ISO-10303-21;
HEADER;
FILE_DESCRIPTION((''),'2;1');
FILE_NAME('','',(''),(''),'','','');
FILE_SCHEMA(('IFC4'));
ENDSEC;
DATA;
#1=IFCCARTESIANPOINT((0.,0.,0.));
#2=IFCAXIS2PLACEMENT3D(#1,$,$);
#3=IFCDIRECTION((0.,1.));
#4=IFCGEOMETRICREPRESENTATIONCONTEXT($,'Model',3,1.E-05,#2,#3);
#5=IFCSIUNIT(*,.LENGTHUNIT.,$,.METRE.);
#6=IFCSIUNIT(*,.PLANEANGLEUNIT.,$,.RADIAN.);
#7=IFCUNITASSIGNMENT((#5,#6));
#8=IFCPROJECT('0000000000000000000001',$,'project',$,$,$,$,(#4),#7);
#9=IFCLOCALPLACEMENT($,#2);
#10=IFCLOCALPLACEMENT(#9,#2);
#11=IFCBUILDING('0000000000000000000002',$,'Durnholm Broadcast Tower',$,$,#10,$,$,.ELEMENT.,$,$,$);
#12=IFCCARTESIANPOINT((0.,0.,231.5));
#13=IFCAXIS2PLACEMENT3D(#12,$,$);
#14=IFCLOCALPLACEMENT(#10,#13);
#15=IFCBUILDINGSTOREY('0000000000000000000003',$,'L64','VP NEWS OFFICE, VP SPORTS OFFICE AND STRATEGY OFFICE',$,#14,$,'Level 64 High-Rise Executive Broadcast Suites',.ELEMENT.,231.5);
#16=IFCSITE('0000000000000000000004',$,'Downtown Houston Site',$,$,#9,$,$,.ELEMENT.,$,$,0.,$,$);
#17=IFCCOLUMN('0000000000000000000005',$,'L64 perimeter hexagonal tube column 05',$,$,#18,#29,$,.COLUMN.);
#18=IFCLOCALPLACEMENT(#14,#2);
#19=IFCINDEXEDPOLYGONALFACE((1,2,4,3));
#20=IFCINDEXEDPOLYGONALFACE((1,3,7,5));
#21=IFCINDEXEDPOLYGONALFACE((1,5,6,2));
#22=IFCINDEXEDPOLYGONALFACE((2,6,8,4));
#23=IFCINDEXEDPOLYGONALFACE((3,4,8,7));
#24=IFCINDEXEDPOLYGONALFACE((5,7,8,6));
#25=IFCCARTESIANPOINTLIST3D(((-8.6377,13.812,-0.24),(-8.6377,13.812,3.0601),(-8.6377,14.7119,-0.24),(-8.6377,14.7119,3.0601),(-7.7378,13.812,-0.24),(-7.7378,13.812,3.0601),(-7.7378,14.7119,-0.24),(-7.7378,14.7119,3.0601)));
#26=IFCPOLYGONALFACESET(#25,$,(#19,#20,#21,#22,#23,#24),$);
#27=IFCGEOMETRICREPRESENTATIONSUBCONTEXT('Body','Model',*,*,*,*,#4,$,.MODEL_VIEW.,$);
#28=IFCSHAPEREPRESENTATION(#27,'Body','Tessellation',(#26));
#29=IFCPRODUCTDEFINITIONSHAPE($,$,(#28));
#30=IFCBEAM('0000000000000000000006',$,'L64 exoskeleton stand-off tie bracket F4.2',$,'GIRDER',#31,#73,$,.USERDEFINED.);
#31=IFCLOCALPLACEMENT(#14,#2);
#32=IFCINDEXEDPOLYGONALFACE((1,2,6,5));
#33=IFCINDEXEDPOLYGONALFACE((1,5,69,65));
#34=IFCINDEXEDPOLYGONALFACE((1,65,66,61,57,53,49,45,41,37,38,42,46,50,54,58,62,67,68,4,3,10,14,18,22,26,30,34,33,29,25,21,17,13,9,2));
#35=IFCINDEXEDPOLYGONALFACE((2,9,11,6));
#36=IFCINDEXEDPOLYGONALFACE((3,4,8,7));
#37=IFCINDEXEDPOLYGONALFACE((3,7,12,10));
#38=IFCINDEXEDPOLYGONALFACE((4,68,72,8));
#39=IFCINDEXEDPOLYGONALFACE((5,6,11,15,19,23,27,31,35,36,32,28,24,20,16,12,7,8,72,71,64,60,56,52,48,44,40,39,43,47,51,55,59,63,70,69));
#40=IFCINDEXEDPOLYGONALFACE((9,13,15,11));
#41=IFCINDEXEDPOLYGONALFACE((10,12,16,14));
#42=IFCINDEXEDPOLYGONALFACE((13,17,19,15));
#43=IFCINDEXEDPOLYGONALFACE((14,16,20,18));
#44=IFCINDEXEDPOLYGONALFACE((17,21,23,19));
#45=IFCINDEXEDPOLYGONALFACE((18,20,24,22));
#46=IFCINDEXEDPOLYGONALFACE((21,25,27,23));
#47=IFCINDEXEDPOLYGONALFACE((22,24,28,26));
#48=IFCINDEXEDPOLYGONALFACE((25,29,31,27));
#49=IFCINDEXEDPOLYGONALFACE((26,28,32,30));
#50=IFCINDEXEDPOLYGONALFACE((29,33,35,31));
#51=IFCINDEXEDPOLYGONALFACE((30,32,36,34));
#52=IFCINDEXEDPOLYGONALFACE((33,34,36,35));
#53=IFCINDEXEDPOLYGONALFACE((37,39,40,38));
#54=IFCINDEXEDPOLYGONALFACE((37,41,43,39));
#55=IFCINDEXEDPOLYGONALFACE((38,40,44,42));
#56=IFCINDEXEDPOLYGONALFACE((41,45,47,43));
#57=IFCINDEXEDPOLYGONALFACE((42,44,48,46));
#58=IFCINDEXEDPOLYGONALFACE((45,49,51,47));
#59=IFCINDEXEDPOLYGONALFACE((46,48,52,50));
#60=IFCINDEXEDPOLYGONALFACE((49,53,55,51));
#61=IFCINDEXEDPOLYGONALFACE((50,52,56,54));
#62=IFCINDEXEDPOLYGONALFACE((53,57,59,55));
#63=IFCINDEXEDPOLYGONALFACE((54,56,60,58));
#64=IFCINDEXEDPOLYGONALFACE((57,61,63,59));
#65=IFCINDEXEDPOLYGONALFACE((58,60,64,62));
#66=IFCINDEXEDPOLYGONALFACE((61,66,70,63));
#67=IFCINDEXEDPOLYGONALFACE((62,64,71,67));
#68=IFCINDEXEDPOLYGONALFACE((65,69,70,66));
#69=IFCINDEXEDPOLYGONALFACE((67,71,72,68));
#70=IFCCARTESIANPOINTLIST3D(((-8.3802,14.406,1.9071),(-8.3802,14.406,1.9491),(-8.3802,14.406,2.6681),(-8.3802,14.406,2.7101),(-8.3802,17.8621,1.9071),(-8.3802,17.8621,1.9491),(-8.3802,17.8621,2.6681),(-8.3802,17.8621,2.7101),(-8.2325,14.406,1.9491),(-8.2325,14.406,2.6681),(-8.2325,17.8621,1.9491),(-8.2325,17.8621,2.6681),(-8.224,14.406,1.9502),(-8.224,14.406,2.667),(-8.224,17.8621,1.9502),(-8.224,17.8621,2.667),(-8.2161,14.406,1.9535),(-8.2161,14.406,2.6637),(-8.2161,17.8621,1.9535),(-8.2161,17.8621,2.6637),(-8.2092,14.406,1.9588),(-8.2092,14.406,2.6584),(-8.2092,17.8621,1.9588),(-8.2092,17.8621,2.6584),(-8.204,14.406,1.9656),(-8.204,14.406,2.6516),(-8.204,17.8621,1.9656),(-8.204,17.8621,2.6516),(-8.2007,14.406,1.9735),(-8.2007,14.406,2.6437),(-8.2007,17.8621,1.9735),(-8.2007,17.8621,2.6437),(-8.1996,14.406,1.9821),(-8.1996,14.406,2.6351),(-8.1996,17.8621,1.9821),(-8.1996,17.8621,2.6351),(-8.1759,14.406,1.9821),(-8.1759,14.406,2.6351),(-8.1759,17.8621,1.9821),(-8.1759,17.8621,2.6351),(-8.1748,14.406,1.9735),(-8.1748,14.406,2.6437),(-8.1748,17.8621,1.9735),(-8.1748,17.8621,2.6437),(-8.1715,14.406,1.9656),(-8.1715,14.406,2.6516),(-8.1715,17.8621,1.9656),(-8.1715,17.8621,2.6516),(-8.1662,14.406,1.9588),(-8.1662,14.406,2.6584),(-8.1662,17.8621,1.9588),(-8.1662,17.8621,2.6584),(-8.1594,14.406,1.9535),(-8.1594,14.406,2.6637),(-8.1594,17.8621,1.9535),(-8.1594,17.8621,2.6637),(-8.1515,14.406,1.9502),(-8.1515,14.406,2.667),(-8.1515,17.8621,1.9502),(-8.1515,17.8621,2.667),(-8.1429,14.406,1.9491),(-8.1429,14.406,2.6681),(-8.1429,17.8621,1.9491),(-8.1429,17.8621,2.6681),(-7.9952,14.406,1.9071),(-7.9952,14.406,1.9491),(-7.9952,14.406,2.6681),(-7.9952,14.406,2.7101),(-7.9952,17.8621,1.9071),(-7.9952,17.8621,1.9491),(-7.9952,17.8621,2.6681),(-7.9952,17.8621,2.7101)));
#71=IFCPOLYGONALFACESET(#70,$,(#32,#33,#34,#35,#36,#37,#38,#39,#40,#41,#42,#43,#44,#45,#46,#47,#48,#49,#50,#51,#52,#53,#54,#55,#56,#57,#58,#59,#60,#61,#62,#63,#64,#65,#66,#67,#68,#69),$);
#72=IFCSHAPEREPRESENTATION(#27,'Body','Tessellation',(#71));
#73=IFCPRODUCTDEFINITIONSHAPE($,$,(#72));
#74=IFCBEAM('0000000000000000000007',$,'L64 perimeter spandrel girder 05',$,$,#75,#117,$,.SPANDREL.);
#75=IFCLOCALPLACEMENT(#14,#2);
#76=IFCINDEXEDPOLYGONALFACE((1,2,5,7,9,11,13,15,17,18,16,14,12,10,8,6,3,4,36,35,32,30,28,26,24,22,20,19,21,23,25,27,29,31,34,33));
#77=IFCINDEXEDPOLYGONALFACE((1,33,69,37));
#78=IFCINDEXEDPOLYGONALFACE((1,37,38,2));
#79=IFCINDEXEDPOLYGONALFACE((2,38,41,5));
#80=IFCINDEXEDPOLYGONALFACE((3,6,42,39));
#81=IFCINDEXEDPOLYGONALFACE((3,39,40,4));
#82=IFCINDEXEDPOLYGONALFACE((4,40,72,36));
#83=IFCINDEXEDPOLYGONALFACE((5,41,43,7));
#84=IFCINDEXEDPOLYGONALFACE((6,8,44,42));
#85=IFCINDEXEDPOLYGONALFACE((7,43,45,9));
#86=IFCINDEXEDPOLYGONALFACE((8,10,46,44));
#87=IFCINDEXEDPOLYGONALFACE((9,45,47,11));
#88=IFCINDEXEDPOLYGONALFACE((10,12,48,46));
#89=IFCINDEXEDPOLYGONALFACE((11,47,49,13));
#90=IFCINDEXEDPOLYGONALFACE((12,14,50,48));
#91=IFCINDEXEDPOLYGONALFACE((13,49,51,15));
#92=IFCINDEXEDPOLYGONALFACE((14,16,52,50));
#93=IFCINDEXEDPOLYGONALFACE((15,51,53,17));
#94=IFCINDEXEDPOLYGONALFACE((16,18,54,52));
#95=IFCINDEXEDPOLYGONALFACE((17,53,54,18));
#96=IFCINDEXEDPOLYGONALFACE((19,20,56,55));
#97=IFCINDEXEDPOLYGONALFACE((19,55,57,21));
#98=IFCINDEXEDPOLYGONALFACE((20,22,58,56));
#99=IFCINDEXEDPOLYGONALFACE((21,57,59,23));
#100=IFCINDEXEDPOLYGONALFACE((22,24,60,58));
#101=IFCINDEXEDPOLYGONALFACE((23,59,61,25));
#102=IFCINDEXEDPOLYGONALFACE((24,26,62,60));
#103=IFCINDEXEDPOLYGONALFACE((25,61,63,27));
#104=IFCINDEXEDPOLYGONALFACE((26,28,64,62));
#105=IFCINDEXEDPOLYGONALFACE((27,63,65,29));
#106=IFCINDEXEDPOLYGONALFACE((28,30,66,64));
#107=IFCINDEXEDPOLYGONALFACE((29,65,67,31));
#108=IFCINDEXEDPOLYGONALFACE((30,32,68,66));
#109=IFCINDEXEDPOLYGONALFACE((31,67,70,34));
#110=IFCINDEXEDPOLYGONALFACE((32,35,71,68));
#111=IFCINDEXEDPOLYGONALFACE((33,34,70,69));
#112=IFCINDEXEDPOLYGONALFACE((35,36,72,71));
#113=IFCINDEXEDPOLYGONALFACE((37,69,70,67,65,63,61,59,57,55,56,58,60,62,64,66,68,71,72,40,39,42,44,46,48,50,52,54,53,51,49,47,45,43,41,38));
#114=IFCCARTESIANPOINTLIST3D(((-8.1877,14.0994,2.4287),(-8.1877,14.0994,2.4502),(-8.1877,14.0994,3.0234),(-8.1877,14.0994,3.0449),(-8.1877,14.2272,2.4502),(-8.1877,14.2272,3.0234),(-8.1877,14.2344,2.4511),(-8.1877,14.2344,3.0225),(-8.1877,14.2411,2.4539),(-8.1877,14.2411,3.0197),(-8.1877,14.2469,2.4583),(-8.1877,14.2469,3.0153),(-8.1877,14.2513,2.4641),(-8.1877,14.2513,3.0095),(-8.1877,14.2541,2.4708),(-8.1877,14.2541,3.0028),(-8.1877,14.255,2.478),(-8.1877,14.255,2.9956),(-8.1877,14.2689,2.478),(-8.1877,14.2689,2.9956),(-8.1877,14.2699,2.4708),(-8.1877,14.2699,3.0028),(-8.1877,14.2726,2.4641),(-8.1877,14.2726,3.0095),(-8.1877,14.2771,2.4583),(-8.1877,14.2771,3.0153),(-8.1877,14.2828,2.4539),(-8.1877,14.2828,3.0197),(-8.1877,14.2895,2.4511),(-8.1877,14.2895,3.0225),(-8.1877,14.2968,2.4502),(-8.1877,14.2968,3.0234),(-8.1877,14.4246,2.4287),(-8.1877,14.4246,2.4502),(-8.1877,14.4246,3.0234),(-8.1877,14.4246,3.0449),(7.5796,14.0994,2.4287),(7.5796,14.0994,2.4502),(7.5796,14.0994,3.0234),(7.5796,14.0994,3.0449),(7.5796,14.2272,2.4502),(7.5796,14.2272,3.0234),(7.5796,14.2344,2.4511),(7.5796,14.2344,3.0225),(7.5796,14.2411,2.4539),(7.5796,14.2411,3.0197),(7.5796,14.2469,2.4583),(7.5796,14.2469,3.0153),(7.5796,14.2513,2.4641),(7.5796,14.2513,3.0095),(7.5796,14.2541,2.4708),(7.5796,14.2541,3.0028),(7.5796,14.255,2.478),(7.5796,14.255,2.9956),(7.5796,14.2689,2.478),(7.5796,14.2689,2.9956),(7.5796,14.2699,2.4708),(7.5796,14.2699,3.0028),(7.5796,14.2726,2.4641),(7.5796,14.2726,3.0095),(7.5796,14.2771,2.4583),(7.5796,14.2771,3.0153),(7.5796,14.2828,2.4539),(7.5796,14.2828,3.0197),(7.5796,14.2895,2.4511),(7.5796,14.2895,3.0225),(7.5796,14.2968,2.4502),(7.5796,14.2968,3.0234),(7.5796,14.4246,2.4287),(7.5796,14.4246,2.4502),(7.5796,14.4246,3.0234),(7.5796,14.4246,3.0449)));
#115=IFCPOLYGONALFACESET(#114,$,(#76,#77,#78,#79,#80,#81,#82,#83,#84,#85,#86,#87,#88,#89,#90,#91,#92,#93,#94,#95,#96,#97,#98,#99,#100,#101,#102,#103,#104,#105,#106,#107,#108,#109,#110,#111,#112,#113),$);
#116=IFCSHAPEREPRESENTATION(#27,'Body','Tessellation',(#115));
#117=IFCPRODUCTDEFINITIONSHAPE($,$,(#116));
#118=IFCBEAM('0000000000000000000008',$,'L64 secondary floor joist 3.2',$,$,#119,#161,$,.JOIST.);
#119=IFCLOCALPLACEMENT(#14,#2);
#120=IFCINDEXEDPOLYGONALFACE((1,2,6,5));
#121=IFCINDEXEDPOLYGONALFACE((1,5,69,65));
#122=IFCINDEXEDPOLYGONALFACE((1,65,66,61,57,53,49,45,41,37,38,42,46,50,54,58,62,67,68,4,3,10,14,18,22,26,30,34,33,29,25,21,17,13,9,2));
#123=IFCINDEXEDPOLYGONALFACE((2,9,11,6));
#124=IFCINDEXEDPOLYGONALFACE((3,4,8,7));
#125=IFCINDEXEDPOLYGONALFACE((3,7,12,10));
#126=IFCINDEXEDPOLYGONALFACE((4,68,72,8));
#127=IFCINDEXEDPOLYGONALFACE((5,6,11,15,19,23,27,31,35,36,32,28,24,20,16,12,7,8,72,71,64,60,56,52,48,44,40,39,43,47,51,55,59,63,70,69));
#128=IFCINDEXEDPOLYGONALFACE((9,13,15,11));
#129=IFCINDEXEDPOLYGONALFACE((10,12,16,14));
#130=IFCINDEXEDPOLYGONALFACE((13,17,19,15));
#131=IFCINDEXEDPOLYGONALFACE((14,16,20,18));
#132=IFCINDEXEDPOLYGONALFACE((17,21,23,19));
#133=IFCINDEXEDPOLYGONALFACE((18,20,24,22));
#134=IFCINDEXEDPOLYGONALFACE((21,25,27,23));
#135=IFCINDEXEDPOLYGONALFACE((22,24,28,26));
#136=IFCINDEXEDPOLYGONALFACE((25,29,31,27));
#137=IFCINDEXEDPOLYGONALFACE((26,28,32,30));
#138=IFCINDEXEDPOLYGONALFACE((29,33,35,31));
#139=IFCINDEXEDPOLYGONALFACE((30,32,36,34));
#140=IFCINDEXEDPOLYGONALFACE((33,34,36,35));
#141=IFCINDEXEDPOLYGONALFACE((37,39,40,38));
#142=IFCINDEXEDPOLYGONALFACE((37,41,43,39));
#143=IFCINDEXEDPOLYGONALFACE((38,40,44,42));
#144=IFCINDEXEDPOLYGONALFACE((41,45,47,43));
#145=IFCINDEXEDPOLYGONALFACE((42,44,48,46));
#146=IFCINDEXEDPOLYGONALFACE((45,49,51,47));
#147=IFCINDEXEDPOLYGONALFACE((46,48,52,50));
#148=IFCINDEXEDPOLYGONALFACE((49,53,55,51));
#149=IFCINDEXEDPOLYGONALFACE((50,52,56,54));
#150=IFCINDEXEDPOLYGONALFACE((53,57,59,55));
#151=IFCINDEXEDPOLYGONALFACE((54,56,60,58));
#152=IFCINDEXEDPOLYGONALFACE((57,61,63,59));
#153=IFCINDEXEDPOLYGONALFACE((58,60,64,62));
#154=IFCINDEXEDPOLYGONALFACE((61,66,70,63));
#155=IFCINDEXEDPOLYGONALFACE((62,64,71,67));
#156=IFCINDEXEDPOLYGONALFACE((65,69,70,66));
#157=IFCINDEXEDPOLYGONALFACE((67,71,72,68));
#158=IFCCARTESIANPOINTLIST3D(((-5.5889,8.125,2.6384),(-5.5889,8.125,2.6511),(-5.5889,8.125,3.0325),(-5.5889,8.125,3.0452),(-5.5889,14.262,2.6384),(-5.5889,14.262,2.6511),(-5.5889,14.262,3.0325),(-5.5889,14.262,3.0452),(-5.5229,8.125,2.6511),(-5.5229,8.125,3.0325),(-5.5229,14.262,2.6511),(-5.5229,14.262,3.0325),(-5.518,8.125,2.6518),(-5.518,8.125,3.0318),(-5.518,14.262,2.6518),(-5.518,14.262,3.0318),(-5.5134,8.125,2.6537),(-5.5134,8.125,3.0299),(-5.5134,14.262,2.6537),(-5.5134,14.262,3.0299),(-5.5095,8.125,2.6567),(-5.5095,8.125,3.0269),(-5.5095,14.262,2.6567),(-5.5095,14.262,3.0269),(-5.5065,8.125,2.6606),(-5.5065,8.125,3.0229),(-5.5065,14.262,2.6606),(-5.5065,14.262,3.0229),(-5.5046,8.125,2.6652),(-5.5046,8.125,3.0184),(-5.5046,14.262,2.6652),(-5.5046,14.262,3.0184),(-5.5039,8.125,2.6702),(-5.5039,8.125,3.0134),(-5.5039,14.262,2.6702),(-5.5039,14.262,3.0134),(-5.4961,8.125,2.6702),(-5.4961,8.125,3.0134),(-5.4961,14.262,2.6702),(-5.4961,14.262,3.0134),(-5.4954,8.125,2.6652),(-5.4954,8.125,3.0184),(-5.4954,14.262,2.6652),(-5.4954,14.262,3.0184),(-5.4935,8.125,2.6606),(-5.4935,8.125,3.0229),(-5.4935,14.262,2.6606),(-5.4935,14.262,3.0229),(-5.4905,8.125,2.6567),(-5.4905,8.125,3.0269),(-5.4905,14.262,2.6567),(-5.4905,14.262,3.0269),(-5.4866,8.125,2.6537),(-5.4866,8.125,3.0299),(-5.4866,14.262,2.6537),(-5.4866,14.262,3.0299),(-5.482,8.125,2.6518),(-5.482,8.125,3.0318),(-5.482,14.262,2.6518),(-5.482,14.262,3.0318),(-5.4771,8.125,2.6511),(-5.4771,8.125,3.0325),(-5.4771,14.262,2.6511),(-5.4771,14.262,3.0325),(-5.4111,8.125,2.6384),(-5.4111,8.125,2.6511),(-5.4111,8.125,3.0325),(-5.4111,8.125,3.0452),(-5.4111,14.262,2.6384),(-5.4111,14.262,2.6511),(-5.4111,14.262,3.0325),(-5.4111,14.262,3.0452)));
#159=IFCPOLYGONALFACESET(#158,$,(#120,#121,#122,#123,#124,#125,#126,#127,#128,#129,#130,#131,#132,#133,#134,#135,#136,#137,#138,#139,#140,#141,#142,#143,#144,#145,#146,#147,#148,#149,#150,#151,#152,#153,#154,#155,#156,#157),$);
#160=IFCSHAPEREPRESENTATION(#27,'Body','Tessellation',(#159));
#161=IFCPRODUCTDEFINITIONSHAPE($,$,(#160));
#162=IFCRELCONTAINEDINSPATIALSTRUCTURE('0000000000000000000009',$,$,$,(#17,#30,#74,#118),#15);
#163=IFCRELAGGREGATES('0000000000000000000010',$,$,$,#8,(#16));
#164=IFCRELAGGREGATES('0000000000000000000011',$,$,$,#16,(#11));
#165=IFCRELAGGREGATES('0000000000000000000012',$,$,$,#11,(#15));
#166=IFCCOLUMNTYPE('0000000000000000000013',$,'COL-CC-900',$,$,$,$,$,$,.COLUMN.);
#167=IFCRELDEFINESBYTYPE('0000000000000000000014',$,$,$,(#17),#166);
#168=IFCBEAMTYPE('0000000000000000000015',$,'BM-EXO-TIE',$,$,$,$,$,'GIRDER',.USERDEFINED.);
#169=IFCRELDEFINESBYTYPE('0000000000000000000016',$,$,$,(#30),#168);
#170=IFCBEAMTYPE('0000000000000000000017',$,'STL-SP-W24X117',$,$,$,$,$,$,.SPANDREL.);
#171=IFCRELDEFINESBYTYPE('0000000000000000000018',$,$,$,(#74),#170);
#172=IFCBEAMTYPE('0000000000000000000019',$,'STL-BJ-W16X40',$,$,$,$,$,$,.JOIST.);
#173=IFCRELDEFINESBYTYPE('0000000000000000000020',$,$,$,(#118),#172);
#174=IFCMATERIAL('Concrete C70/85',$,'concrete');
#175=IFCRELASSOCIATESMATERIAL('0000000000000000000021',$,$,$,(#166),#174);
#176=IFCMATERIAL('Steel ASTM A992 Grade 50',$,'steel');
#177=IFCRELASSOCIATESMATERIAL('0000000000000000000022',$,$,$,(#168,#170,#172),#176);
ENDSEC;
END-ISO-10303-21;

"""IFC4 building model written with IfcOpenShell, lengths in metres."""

from ifc_helpers import new_model, si_unit, direction, frame, origin, origin_2d, place, context, subcontext, project, spatial, rectangle, i_section, extrude, source, transform, mapped, material, material_profile, profile_set, type_object, type_shapes, element, save


model = new_model("IFC4")

# Units and contexts
model_context = context("Model", 3, precision=1e-05, world=origin(), true_north=direction((0.0, 1.0)))
body_context = subcontext(model_context, "Body", "Model", "MODEL_VIEW")
ifc_project = project(units=[si_unit("LENGTHUNIT", "METRE"), si_unit("PLANEANGLEUNIT", "RADIAN")], contexts=[model_context])

# Site, building, storey
site_placement = place(None, origin())
site = spatial("IfcSite", under=ifc_project, at=site_placement, Name="Downtown Houston Site", CompositionType="ELEMENT", RefElevation=0.0)
building_placement = place(site_placement, origin())
building = spatial("IfcBuilding", under=site, at=building_placement, Name="Durnholm Broadcast Tower", CompositionType="ELEMENT")
storey_placement = place(building_placement, frame((0.0, 0.0, 231.5)))
storey = spatial("IfcBuildingStorey", under=building, at=storey_placement, Name="L64", Description="VP NEWS OFFICE, VP SPORTS OFFICE AND STRATEGY OFFICE", LongName="Level 64 High-Rise Executive Broadcast Suites", CompositionType="ELEMENT", Elevation=231.5)

# Column
ifc_material_1 = material(Name="Concrete C70/85", Category="concrete")
ifc_material_profile_1 = material_profile(ifc_material_1, rectangle(XDim=0.8999, YDim=0.8999, at=origin_2d()), Name="RC900X900")
ifc_profile_set_1 = profile_set([ifc_material_profile_1], Name="Concrete C70/85")
column_type = type_object("IfcColumnType", Name="COL-CC-900", PredefinedType="COLUMN", material=ifc_profile_set_1)
shared_shape_1 = source(origin(), body_context, "Body", "SweptSolid", [
    extrude(rectangle(XDim=0.8999, YDim=0.8999, at=origin_2d()), origin(), (0.0, 0.0, 1.0), 3.3),
])
type_shapes(column_type, [shared_shape_1])
column_placement = place(storey_placement, frame((-8.1877, 14.262, -0.24), z_axis=(0.0, 0.0, 1.0), x_axis=(1.0, 0.0, 0.0)))
element("IfcColumn", 1, at=column_placement, inside=storey, type_object=column_type, Name="L64 perimeter hexagonal tube column 05", PredefinedType="COLUMN", context=body_context, shape_type="MappedRepresentation", body=[
    mapped(shared_shape_1, transform((0.0, 0.0, 0.0), x_axis=(1.0, 0.0, 0.0), y_axis=(0.0, 1.0, 0.0), z_axis=(0.0, 0.0, 1.0), scale=1.0)),
])

# Beams
ifc_material_2 = material(Name="Steel ASTM A992 Grade 50", Category="steel")
ifc_material_profile_2 = material_profile(ifc_material_2, i_section(OverallWidth=0.385, OverallDepth=0.803, WebThickness=0.0237, FlangeThickness=0.042, FilletRadius=0.033, at=origin_2d()), Name="W30X261")
ifc_profile_set_2 = profile_set([ifc_material_profile_2], Name="Steel ASTM A992 Grade 50")
beam_type_1 = type_object("IfcBeamType", Name="BM-EXO-TIE", ElementType="GIRDER", PredefinedType="USERDEFINED", material=ifc_profile_set_2)
shared_shape_2 = source(origin(), body_context, "Body", "SweptSolid", [
    extrude(i_section(OverallWidth=0.385, OverallDepth=0.803, WebThickness=0.0237, FlangeThickness=0.042, FilletRadius=0.033, at=origin_2d()), origin(), (0.0, 0.0, 1.0), 3.4561),
])
type_shapes(beam_type_1, [shared_shape_2])
beam_1_placement = place(storey_placement, frame((-8.1877, 14.406, 2.3086), z_axis=(0.0, 1.0, 0.0), x_axis=(-1.0, 0.0, 0.0)))
element("IfcBeam", 2, at=beam_1_placement, inside=storey, type_object=beam_type_1, Name="L64 exoskeleton stand-off tie bracket F4.2", ObjectType="GIRDER", PredefinedType="USERDEFINED", context=body_context, shape_type="MappedRepresentation", body=[
    mapped(shared_shape_2, transform((0.0, 0.0, 0.0), x_axis=(1.0, 0.0, 0.0), y_axis=(0.0, 1.0, 0.0), z_axis=(0.0, 0.0, 1.0), scale=1.0)),
])
ifc_material_profile_3 = material_profile(ifc_material_2, i_section(OverallWidth=0.3252, OverallDepth=0.6162, WebThickness=0.0139, FlangeThickness=0.0215, FilletRadius=0.0278, at=origin_2d()), Name="W24X117")
ifc_profile_set_3 = profile_set([ifc_material_profile_3], Name="Steel ASTM A992 Grade 50")
beam_type_2 = type_object("IfcBeamType", Name="STL-SP-W24X117", PredefinedType="SPANDREL", material=ifc_profile_set_3)
shared_shape_3 = source(origin(), body_context, "Body", "SweptSolid", [
    extrude(i_section(OverallWidth=0.3252, OverallDepth=0.6162, WebThickness=0.0139, FlangeThickness=0.0215, FilletRadius=0.0278, at=origin_2d()), origin(), (0.0, 0.0, 1.0), 15.7673),
])
type_shapes(beam_type_2, [shared_shape_3])
beam_2_placement = place(storey_placement, frame((-8.1877, 14.262, 2.7368), z_axis=(1.0, 0.0, 0.0), x_axis=(0.0, 1.0, 0.0)))
element("IfcBeam", 3, at=beam_2_placement, inside=storey, type_object=beam_type_2, Name="L64 perimeter spandrel girder 05", PredefinedType="SPANDREL", context=body_context, shape_type="MappedRepresentation", body=[
    mapped(shared_shape_3, transform((0.0, 0.0, 0.0), x_axis=(1.0, 0.0, 0.0), y_axis=(0.0, 1.0, 0.0), z_axis=(0.0, 0.0, 1.0), scale=1.0)),
])
ifc_material_profile_4 = material_profile(ifc_material_2, i_section(OverallWidth=0.1777, OverallDepth=0.4067, WebThickness=0.0078, FlangeThickness=0.0127, FilletRadius=0.019, at=origin_2d()), Name="W16X40")
ifc_profile_set_4 = profile_set([ifc_material_profile_4], Name="Steel ASTM A992 Grade 50")
beam_type_3 = type_object("IfcBeamType", Name="STL-BJ-W16X40", PredefinedType="JOIST", material=ifc_profile_set_4)
shared_shape_4 = source(origin(), body_context, "Body", "SweptSolid", [
    extrude(i_section(OverallWidth=0.1777, OverallDepth=0.4067, WebThickness=0.0078, FlangeThickness=0.0127, FilletRadius=0.019, at=origin_2d()), origin(), (0.0, 0.0, 1.0), 6.137),
])
type_shapes(beam_type_3, [shared_shape_4])
beam_3_placement = place(storey_placement, frame((-5.5, 8.125, 2.8418), z_axis=(0.0, 1.0, 0.0), x_axis=(-1.0, 0.0, 0.0)))
element("IfcBeam", 4, at=beam_3_placement, inside=storey, type_object=beam_type_3, Name="L64 secondary floor joist 3.2", PredefinedType="JOIST", context=body_context, shape_type="MappedRepresentation", body=[
    mapped(shared_shape_4, transform((0.0, 0.0, 0.0), x_axis=(1.0, 0.0, 0.0), y_axis=(0.0, 1.0, 0.0), z_axis=(0.0, 0.0, 1.0), scale=1.0)),
])

save(model, "model.ifc")
